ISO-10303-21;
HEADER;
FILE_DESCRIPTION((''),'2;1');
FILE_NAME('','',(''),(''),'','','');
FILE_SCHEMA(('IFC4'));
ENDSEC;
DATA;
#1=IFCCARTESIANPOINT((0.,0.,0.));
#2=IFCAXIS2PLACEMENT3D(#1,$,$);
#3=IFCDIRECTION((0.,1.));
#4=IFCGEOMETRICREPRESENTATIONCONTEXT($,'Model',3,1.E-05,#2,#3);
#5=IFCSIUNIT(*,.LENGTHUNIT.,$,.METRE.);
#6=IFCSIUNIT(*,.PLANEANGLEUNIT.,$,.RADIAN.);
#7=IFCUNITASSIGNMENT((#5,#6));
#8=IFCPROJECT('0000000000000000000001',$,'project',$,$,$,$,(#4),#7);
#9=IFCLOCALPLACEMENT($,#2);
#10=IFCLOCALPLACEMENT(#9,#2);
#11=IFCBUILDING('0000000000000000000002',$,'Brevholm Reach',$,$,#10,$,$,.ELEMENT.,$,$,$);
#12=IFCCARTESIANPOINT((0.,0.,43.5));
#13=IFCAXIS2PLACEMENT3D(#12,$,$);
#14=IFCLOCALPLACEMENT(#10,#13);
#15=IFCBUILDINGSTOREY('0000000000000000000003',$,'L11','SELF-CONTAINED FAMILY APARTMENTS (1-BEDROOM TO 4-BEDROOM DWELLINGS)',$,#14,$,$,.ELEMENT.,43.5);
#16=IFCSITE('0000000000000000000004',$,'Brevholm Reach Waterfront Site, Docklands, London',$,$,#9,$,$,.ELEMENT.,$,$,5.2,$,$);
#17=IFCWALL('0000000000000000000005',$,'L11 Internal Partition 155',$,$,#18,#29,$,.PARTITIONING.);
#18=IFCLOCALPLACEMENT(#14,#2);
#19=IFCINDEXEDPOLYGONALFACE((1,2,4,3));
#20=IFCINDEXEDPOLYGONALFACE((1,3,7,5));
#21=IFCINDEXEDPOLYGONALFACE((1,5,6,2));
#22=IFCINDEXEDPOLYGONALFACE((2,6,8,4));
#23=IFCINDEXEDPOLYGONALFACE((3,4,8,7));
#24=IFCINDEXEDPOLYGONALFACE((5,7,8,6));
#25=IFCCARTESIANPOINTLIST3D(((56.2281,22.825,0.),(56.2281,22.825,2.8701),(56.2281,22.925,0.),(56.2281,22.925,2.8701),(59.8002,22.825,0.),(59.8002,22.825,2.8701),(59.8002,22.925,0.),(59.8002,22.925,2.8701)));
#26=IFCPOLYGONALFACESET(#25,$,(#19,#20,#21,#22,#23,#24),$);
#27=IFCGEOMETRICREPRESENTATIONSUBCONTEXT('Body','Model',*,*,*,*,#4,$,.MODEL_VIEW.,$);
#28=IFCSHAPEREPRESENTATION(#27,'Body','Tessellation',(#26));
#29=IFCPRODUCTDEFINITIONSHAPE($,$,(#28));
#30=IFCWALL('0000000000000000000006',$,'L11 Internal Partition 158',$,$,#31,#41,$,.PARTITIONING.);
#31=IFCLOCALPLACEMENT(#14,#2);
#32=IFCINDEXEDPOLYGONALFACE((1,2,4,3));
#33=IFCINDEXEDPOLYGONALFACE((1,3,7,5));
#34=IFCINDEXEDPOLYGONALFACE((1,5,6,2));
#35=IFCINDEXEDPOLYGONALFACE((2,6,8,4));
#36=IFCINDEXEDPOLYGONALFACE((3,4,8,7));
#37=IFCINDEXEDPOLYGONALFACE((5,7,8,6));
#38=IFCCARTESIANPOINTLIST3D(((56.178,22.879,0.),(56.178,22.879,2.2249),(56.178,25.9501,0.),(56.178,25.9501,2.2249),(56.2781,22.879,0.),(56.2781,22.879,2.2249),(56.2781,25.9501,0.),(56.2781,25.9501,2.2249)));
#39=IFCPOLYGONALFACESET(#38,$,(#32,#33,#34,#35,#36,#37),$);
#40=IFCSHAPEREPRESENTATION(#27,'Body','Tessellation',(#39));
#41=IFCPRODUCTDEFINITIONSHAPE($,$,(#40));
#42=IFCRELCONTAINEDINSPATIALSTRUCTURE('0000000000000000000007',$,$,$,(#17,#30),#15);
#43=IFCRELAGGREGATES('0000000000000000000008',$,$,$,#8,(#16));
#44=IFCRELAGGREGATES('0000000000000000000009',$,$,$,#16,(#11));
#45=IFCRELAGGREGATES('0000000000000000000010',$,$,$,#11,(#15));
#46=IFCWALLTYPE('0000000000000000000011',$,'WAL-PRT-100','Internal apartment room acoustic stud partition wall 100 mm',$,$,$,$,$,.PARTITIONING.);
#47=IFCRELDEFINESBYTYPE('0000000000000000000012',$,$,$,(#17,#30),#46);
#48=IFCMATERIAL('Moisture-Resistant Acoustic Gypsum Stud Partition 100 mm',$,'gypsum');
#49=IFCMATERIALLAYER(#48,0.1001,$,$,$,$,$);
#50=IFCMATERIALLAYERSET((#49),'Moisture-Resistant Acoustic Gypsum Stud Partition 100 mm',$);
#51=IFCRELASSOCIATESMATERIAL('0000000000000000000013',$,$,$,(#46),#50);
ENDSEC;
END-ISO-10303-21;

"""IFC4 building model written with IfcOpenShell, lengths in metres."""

from ifc_helpers import new_model, si_unit, direction, frame, frame_2d, origin, place, context, subcontext, project, spatial, rectangle, extrude, material, layer, layer_set, type_object, element, save


model = new_model("IFC4")

# Units and contexts
model_context = context("Model", 3, precision=1e-05, world=origin(), true_north=direction((0.0, 1.0)))
body_context = subcontext(model_context, "Body", "Model", "MODEL_VIEW")
ifc_project = project(units=[si_unit("LENGTHUNIT", "METRE"), si_unit("PLANEANGLEUNIT", "RADIAN")], contexts=[model_context])

# Site, building, storey
site_placement = place(None, origin())
site = spatial("IfcSite", under=ifc_project, at=site_placement, Name="Brevholm Reach Waterfront Site, Docklands, London", CompositionType="ELEMENT", RefElevation=5.2)
building_placement = place(site_placement, origin())
building = spatial("IfcBuilding", under=site, at=building_placement, Name="Brevholm Reach", CompositionType="ELEMENT")
storey_placement = place(building_placement, frame((0.0, 0.0, 43.5)))
storey = spatial("IfcBuildingStorey", under=building, at=storey_placement, Name="L11", Description="SELF-CONTAINED FAMILY APARTMENTS (1-BEDROOM TO 4-BEDROOM DWELLINGS)", CompositionType="ELEMENT", Elevation=43.5)

# Walls
ifc_material_1 = material(Name="Moisture-Resistant Acoustic Gypsum Stud Partition 100 mm", Category="gypsum")
ifc_layer_1 = layer(ifc_material_1, 0.1001)
ifc_layer_set_1 = layer_set([ifc_layer_1], Name="Moisture-Resistant Acoustic Gypsum Stud Partition 100 mm")
wall_type_1 = type_object("IfcWallType", Name="WAL-PRT-100", Description="Internal apartment room acoustic stud partition wall 100 mm", PredefinedType="PARTITIONING", material=ifc_layer_set_1)
wall_1_placement = place(storey_placement, frame((56.228, 22.875, 0.0), z_axis=(0.0, 0.0, 1.0), x_axis=(1.0, 0.0, 0.0)))
element("IfcWall", 1, at=wall_1_placement, inside=storey, type_object=wall_type_1, Name="L11 Internal Partition 155", PredefinedType="PARTITIONING", context=body_context, shape_type="SweptSolid", body=[
    extrude(rectangle(XDim=3.572, YDim=0.1001, at=frame_2d((1.7861, 0.0))), origin(), (0.0, 0.0, 1.0), 2.8701),
])
wall_2_placement = place(storey_placement, frame((56.228, 22.8789, 0.0), z_axis=(0.0, 0.0, 1.0), x_axis=(0.0, 1.0, 0.0)))
element("IfcWall", 2, at=wall_2_placement, inside=storey, type_object=wall_type_1, Name="L11 Internal Partition 158", PredefinedType="PARTITIONING", context=body_context, shape_type="SweptSolid", body=[
    extrude(rectangle(XDim=3.071, YDim=0.1001, at=frame_2d((1.5356, 0.0))), origin(), (0.0, 0.0, 1.0), 2.2249),
])

save(model, "model.ifc")
